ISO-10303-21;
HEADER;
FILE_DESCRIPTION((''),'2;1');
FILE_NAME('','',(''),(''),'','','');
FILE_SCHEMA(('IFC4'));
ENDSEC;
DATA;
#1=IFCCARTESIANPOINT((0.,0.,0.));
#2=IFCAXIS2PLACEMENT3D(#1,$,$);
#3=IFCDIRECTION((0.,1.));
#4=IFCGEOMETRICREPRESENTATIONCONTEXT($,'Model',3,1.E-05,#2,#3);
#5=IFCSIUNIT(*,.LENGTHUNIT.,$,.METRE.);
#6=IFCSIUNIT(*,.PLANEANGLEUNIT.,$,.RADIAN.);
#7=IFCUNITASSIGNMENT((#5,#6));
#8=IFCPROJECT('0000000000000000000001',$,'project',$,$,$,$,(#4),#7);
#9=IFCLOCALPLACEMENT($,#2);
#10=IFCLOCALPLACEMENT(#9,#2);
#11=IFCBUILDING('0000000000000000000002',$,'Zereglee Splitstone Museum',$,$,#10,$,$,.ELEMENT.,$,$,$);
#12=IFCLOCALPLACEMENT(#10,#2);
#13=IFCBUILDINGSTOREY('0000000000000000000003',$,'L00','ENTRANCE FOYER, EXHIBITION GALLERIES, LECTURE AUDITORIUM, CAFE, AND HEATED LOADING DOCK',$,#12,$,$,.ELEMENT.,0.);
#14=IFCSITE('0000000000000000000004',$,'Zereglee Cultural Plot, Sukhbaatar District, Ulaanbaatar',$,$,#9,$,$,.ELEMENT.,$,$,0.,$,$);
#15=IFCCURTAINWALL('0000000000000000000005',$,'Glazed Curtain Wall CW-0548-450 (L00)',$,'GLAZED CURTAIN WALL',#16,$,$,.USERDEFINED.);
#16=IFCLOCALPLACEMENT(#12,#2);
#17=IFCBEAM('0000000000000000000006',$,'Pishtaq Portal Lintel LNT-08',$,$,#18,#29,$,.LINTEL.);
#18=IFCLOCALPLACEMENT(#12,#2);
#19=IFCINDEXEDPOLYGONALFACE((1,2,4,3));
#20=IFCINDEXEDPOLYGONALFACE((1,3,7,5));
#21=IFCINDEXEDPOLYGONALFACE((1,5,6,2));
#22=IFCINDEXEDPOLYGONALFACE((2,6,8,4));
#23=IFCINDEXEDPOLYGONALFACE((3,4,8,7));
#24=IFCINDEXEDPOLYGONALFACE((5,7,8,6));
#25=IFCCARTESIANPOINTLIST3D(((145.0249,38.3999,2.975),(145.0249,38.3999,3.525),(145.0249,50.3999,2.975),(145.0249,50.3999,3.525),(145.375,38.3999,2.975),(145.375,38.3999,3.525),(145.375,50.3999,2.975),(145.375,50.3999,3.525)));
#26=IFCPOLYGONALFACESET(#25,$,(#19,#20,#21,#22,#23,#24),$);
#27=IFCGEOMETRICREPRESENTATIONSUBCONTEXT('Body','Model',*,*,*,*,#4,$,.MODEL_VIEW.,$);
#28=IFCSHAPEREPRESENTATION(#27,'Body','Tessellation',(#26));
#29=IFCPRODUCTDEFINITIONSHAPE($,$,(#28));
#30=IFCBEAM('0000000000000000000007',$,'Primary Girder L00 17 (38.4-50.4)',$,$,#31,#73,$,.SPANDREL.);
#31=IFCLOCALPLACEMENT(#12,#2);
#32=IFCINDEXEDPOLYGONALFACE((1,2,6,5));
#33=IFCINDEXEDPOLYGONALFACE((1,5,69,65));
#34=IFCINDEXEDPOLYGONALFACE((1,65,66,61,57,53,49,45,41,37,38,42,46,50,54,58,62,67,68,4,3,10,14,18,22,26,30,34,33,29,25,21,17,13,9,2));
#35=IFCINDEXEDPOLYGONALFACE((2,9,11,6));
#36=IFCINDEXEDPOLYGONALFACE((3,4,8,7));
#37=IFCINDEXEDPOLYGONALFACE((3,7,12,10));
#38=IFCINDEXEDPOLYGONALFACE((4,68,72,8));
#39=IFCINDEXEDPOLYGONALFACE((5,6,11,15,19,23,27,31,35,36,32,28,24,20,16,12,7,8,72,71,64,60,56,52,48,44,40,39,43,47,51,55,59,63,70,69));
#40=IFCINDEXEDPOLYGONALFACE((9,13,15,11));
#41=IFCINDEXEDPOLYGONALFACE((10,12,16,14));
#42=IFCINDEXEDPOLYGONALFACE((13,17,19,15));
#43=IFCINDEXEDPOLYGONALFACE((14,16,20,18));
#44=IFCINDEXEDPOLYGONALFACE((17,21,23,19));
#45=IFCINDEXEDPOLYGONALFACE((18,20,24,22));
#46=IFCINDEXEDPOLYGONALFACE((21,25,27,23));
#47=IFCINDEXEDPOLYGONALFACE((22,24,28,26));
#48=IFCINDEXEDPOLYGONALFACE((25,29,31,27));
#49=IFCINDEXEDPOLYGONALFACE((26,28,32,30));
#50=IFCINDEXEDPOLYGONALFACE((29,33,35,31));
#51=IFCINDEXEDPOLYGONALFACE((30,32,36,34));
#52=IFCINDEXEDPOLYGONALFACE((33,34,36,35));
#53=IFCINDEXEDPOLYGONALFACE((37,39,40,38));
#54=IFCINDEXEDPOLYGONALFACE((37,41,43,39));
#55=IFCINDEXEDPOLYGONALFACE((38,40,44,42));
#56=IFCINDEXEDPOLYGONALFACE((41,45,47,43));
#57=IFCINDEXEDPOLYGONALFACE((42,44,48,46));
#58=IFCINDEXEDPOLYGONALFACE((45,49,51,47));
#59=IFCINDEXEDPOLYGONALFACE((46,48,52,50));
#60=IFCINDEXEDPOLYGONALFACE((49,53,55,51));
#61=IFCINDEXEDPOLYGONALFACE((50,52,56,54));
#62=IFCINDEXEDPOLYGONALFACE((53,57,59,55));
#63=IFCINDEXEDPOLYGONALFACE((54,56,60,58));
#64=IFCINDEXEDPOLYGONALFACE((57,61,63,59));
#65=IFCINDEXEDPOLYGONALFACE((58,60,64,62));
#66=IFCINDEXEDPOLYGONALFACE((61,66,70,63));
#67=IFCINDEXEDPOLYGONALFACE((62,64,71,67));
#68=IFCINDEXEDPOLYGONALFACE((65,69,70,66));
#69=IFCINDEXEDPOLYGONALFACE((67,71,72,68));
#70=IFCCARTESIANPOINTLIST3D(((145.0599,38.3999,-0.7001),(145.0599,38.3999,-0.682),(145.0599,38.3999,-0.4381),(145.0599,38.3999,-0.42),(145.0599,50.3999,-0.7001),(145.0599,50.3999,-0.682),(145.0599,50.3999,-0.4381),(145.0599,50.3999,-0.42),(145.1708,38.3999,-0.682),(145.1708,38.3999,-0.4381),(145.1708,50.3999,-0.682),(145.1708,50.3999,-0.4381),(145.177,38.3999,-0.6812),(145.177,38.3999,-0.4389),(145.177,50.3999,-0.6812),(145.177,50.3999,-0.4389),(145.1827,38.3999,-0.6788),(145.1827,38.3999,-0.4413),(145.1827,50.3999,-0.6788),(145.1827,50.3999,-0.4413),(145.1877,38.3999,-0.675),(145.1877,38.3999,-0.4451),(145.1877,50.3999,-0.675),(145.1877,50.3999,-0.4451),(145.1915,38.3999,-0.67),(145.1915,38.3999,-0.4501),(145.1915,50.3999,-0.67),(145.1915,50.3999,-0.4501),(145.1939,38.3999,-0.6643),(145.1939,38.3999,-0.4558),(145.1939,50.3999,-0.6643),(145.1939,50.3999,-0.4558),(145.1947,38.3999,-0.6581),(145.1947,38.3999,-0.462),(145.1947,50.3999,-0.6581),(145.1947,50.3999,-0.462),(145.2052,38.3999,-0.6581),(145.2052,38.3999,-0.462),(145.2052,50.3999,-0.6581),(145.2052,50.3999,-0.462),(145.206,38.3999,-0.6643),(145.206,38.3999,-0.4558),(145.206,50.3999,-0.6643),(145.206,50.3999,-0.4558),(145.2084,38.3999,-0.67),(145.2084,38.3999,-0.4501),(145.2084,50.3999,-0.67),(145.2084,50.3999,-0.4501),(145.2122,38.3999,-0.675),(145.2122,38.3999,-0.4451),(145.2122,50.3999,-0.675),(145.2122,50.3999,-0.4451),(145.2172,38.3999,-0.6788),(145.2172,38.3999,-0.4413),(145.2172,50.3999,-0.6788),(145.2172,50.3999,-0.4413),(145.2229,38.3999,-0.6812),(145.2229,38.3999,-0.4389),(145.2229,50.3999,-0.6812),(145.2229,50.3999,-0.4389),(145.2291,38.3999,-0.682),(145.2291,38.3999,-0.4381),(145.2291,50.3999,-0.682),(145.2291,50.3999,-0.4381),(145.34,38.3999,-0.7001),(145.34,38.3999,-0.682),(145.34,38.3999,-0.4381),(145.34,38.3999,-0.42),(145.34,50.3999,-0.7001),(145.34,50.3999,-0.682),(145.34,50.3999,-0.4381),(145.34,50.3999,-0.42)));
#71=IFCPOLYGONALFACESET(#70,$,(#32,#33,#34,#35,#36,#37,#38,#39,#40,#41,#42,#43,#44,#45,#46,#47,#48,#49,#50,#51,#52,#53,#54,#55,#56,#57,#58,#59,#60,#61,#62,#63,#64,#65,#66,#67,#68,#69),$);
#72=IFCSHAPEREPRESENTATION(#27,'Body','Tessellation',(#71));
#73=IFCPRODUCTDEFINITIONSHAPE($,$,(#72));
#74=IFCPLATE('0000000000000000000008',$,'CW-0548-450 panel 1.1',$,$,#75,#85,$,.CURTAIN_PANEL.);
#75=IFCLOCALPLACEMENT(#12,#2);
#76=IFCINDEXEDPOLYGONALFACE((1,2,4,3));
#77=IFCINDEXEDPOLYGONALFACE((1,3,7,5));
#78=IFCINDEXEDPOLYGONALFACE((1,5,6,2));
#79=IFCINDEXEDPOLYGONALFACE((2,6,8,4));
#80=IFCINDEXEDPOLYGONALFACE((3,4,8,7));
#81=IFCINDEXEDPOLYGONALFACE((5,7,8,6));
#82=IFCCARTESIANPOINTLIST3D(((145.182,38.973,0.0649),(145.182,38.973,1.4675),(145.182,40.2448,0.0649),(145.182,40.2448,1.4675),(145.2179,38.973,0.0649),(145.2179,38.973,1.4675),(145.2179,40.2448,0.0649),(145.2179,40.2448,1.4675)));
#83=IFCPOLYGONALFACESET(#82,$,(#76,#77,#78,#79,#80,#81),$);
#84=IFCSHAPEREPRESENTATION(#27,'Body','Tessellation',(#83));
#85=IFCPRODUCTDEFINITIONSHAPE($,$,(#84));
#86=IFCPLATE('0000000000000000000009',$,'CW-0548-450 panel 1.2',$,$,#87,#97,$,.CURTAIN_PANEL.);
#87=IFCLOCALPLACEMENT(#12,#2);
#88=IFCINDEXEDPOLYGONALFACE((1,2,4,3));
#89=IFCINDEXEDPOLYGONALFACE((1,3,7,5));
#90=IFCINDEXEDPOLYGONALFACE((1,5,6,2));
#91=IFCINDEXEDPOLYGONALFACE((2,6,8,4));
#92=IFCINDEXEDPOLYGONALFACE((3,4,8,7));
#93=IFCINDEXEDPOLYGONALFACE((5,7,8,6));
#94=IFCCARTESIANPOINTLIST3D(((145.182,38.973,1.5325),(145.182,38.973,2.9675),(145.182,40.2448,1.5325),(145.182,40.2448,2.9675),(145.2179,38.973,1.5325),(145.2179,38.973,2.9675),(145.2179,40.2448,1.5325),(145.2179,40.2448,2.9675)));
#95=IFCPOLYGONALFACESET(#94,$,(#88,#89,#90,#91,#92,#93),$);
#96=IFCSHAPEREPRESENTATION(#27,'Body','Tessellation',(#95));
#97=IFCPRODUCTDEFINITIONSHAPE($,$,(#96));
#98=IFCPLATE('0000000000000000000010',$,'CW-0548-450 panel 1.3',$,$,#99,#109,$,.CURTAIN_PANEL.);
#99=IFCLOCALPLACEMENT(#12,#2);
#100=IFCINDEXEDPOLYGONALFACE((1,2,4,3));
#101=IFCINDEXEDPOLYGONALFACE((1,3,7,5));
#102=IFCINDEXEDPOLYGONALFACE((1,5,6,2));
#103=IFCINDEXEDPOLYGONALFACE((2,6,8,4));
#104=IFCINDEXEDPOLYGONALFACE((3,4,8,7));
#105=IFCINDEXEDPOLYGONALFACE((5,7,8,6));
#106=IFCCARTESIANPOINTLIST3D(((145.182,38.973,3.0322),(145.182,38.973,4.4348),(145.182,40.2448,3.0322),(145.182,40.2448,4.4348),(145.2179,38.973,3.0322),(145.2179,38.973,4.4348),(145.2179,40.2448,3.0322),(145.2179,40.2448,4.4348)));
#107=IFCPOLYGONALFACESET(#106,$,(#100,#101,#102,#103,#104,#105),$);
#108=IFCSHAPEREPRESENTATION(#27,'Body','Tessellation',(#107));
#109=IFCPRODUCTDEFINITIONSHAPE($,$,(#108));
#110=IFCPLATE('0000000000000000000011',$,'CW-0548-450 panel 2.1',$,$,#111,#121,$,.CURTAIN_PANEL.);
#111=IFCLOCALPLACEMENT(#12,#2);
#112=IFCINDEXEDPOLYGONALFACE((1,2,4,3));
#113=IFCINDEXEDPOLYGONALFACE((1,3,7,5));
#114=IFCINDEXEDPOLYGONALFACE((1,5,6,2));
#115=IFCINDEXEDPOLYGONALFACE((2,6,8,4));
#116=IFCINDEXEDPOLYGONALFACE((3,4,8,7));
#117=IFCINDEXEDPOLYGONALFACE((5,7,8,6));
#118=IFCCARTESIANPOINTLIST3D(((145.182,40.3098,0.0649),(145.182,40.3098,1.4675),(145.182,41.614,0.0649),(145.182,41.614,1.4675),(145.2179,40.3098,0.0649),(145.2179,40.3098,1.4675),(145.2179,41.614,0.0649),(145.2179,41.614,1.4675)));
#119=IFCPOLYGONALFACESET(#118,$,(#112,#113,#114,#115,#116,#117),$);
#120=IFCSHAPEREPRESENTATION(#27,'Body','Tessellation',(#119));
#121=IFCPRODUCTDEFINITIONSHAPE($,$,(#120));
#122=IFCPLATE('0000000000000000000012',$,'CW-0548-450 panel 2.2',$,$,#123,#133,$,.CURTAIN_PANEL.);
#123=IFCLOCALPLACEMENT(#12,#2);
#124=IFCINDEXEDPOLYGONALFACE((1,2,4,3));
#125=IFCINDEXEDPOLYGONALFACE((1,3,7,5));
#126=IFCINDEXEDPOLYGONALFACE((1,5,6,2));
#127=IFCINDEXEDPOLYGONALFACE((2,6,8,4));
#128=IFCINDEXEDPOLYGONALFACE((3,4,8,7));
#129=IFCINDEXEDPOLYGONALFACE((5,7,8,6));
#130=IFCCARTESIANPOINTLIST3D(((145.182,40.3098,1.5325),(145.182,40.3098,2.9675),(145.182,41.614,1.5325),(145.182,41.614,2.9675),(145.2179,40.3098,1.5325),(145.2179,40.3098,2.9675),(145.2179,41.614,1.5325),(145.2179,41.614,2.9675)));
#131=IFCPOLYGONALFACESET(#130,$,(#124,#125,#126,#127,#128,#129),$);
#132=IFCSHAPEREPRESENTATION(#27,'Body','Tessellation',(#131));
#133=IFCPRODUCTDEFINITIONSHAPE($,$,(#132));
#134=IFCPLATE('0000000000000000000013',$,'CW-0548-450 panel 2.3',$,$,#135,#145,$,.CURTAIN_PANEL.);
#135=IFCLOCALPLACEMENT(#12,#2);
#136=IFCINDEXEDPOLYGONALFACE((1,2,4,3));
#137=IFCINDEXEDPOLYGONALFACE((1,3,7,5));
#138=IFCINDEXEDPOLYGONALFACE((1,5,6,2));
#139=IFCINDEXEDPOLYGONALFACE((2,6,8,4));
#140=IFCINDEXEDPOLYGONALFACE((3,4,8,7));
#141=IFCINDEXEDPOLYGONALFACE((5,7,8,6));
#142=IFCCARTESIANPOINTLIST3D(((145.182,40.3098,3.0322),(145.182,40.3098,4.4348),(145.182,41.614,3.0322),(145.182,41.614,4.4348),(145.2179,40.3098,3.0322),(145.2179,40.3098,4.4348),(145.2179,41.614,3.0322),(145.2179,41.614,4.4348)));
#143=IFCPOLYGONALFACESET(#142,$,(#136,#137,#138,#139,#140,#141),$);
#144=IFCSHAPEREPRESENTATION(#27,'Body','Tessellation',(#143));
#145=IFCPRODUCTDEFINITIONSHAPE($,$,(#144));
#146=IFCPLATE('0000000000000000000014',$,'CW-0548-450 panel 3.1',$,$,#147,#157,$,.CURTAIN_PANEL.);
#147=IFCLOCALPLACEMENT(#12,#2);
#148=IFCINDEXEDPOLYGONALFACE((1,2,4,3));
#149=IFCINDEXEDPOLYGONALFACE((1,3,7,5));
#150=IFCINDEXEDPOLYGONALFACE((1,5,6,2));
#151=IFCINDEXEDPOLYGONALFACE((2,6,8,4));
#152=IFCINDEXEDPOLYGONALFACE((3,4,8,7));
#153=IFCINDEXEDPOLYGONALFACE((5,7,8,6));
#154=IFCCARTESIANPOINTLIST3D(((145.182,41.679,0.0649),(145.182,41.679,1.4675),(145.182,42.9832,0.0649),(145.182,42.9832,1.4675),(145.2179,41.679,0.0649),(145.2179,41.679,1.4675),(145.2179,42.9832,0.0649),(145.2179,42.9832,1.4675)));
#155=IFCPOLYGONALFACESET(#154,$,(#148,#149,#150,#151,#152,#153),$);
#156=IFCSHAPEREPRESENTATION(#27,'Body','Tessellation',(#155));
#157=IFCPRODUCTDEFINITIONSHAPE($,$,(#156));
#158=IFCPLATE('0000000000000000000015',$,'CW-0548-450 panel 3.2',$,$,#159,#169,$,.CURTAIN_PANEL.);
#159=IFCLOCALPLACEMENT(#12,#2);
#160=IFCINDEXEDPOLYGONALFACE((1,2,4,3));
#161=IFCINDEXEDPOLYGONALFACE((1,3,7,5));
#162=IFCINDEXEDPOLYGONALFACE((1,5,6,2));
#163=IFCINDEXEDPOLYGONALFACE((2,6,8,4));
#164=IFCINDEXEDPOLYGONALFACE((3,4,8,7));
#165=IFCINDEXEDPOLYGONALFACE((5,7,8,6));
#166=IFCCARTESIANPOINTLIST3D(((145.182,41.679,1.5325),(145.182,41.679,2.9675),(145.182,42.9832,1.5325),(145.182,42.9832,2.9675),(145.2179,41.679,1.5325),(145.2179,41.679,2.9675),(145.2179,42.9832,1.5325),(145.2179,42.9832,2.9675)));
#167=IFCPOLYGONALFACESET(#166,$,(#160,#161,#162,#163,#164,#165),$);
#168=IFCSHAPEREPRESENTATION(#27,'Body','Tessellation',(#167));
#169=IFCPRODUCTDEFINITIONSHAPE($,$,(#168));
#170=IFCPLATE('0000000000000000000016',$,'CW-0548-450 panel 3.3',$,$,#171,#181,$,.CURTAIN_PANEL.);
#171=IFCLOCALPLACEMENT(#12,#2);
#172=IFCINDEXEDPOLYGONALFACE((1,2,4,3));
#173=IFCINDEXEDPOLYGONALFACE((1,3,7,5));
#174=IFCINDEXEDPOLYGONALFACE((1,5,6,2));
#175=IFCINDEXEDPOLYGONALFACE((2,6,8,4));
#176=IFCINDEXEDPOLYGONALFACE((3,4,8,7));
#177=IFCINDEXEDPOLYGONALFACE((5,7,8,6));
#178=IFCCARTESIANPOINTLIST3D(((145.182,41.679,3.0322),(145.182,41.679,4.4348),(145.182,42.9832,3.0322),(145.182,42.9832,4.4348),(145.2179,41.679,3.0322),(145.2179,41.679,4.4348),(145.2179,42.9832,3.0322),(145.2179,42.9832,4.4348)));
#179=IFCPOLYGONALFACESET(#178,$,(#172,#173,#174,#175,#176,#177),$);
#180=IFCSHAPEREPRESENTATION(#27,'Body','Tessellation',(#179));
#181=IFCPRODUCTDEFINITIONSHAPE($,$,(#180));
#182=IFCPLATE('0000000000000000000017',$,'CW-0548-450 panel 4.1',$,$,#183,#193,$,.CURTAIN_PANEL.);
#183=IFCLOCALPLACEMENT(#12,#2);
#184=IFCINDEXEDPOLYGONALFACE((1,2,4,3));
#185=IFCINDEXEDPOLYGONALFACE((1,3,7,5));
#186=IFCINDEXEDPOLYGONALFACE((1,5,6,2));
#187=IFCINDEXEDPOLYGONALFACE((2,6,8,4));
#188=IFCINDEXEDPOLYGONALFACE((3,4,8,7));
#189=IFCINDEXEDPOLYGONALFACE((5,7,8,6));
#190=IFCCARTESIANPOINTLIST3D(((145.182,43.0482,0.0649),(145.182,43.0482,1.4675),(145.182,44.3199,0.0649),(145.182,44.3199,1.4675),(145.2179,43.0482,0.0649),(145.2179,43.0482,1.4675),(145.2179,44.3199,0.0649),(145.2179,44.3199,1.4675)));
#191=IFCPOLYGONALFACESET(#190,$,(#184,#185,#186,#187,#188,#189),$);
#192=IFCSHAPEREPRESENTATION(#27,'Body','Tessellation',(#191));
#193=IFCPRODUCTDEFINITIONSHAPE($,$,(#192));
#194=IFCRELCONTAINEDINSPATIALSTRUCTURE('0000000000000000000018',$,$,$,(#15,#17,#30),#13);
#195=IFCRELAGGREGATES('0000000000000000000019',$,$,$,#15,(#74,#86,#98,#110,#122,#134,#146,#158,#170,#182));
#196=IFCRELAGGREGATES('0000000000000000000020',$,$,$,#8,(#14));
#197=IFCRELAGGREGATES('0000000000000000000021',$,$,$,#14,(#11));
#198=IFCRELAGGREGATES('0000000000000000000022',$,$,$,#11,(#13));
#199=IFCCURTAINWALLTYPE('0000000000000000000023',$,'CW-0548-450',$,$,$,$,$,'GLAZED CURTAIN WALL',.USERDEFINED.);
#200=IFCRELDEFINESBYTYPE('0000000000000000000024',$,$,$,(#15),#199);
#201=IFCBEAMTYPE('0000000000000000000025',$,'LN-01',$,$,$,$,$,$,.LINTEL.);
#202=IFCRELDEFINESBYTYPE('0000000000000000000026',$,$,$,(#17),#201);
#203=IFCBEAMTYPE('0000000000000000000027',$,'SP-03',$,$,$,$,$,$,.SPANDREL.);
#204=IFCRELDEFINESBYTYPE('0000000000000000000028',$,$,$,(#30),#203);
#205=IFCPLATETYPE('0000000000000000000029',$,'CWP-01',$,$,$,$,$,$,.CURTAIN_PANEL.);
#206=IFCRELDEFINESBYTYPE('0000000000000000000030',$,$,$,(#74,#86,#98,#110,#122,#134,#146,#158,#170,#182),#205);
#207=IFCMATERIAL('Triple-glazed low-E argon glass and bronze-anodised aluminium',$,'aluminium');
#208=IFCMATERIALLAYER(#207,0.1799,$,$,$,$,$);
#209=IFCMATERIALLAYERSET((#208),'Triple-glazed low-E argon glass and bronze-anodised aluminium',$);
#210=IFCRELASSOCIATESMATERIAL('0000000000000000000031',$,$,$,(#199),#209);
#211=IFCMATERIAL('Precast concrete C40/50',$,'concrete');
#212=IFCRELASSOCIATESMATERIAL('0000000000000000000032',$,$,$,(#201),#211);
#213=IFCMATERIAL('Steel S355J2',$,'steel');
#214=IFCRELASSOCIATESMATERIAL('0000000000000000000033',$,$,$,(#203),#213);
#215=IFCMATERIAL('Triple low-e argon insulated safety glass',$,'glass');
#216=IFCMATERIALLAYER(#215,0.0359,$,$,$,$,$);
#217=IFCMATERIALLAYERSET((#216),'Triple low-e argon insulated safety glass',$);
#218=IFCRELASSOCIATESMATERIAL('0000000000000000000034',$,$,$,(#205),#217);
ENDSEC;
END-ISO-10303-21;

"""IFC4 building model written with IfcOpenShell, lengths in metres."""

from ifc_helpers import new_model, si_unit, direction, frame, origin, origin_2d, place, context, subcontext, project, spatial, rectangle, i_section, extrude, material, layer, layer_set, material_profile, profile_set, type_object, element, aggregate, save


model = new_model("IFC4")

# Units and contexts
model_context = context("Model", 3, precision=1e-05, world=origin(), true_north=direction((0.0, 1.0)))
body_context = subcontext(model_context, "Body", "Model", "MODEL_VIEW")
ifc_project = project(units=[si_unit("LENGTHUNIT", "METRE"), si_unit("PLANEANGLEUNIT", "RADIAN")], contexts=[model_context])

# Site, building, storey
site_placement = place(None, origin())
site = spatial("IfcSite", under=ifc_project, at=site_placement, Name="Zereglee Cultural Plot, Sukhbaatar District, Ulaanbaatar", CompositionType="ELEMENT", RefElevation=0.0)
building_placement = place(site_placement, origin())
building = spatial("IfcBuilding", under=site, at=building_placement, Name="Zereglee Splitstone Museum", CompositionType="ELEMENT")
storey_placement = place(building_placement, origin())
storey = spatial("IfcBuildingStorey", under=building, at=storey_placement, Name="L00", Description="ENTRANCE FOYER, EXHIBITION GALLERIES, LECTURE AUDITORIUM, CAFE, AND HEATED LOADING DOCK", CompositionType="ELEMENT", Elevation=0.0)

# Curtain wall
ifc_material_1 = material(Name="Triple-glazed low-E argon glass and bronze-anodised aluminium", Category="aluminium")
ifc_layer_1 = layer(ifc_material_1, 0.1799)
ifc_layer_set_1 = layer_set([ifc_layer_1], Name="Triple-glazed low-E argon glass and bronze-anodised aluminium")
curtain_wall_type_1 = type_object("IfcCurtainWallType", Name="CW-0548-450", ElementType="GLAZED CURTAIN WALL", PredefinedType="USERDEFINED", material=ifc_layer_set_1)
curtain_wall_1_placement = place(storey_placement, origin())
curtain_wall_1 = element("IfcCurtainWall", 1, at=curtain_wall_1_placement, inside=storey, type_object=curtain_wall_type_1, Name="Glazed Curtain Wall CW-0548-450 (L00)", ObjectType="GLAZED CURTAIN WALL", PredefinedType="USERDEFINED")

# Beams
ifc_material_2 = material(Name="Steel S355J2", Category="steel")
ifc_material_3 = material(Name="Precast concrete C40/50", Category="concrete")
ifc_material_profile_1 = material_profile(ifc_material_3, rectangle(XDim=0.3501, YDim=0.55, at=origin_2d()), Name="RC 350x550")
ifc_profile_set_1 = profile_set([ifc_material_profile_1], Name="Precast concrete C40/50")
beam_type_1 = type_object("IfcBeamType", Name="LN-01", PredefinedType="LINTEL", material=ifc_profile_set_1)
beam_1_placement = place(storey_placement, frame((145.2, 38.3999, 3.25), z_axis=(0.0, 1.0, 0.0), x_axis=(-1.0, 0.0, 0.0)))
element("IfcBeam", 2, at=beam_1_placement, inside=storey, type_object=beam_type_1, Name="Pishtaq Portal Lintel LNT-08", PredefinedType="LINTEL", context=body_context, shape_type="SweptSolid", body=[
    extrude(rectangle(XDim=0.3501, YDim=0.55, at=origin_2d()), origin(), (0.0, 0.0, 1.0), 12.0),
])
ifc_material_profile_2 = material_profile(ifc_material_2, i_section(OverallWidth=0.28, OverallDepth=0.28, WebThickness=0.0105, FlangeThickness=0.0181, FilletRadius=0.0239, at=origin_2d()), Name="HE 280 B")
ifc_profile_set_2 = profile_set([ifc_material_profile_2], Name="Steel S355J2")
beam_type_2 = type_object("IfcBeamType", Name="SP-03", PredefinedType="SPANDREL", material=ifc_profile_set_2)
beam_2_placement = place(storey_placement, frame((145.2, 38.3999, -0.5601), z_axis=(0.0, 1.0, 0.0), x_axis=(-1.0, 0.0, 0.0)))
element("IfcBeam", 3, at=beam_2_placement, inside=storey, type_object=beam_type_2, Name="Primary Girder L00 17 (38.4-50.4)", PredefinedType="SPANDREL", context=body_context, shape_type="SweptSolid", body=[
    extrude(i_section(OverallWidth=0.28, OverallDepth=0.28, WebThickness=0.0105, FlangeThickness=0.0181, FilletRadius=0.0239, at=origin_2d()), origin(), (0.0, 0.0, 1.0), 12.0),
])

# Plates
ifc_material_4 = material(Name="Triple low-e argon insulated safety glass", Category="glass")
ifc_layer_2 = layer(ifc_material_4, 0.0359)
ifc_layer_set_2 = layer_set([ifc_layer_2], Name="Triple low-e argon insulated safety glass")
plate_type = type_object("IfcPlateType", Name="CWP-01", PredefinedType="CURTAIN_PANEL", material=ifc_layer_set_2)
plate_1_placement = place(storey_placement, frame((145.2, 39.6089, 0.0649), z_axis=(0.0, 0.0, 1.0), x_axis=(0.0, 1.0, 0.0)))
plate_1 = element("IfcPlate", 4, at=plate_1_placement, type_object=plate_type, Name="CW-0548-450 panel 1.1", PredefinedType="CURTAIN_PANEL", context=body_context, shape_type="SweptSolid", body=[
    extrude(rectangle(XDim=1.2717, YDim=0.0359, at=origin_2d()), origin(), (0.0, 0.0, 1.0), 1.4026),
])
plate_2_placement = place(storey_placement, frame((145.2, 39.6089, 1.5325), z_axis=(0.0, 0.0, 1.0), x_axis=(0.0, 1.0, 0.0)))
plate_2 = element("IfcPlate", 5, at=plate_2_placement, type_object=plate_type, Name="CW-0548-450 panel 1.2", PredefinedType="CURTAIN_PANEL", context=body_context, shape_type="SweptSolid", body=[
    extrude(rectangle(XDim=1.2717, YDim=0.0359, at=origin_2d()), origin(), (0.0, 0.0, 1.0), 1.4351),
])
plate_3_placement = place(storey_placement, frame((145.2, 39.6089, 3.0322), z_axis=(0.0, 0.0, 1.0), x_axis=(0.0, 1.0, 0.0)))
plate_3 = element("IfcPlate", 6, at=plate_3_placement, type_object=plate_type, Name="CW-0548-450 panel 1.3", PredefinedType="CURTAIN_PANEL", context=body_context, shape_type="SweptSolid", body=[
    extrude(rectangle(XDim=1.2717, YDim=0.0359, at=origin_2d()), origin(), (0.0, 0.0, 1.0), 1.4026),
])
plate_4_placement = place(storey_placement, frame((145.2, 40.9619, 0.0649), z_axis=(0.0, 0.0, 1.0), x_axis=(0.0, 1.0, 0.0)))
plate_4 = element("IfcPlate", 7, at=plate_4_placement, type_object=plate_type, Name="CW-0548-450 panel 2.1", PredefinedType="CURTAIN_PANEL", context=body_context, shape_type="SweptSolid", body=[
    extrude(rectangle(XDim=1.3042, YDim=0.0359, at=origin_2d()), origin(), (0.0, 0.0, 1.0), 1.4026),
])
plate_5_placement = place(storey_placement, frame((145.2, 40.9619, 1.5325), z_axis=(0.0, 0.0, 1.0), x_axis=(0.0, 1.0, 0.0)))
plate_5 = element("IfcPlate", 8, at=plate_5_placement, type_object=plate_type, Name="CW-0548-450 panel 2.2", PredefinedType="CURTAIN_PANEL", context=body_context, shape_type="SweptSolid", body=[
    extrude(rectangle(XDim=1.3042, YDim=0.0359, at=origin_2d()), origin(), (0.0, 0.0, 1.0), 1.4351),
])
plate_6_placement = place(storey_placement, frame((145.2, 40.9619, 3.0322), z_axis=(0.0, 0.0, 1.0), x_axis=(0.0, 1.0, 0.0)))
plate_6 = element("IfcPlate", 9, at=plate_6_placement, type_object=plate_type, Name="CW-0548-450 panel 2.3", PredefinedType="CURTAIN_PANEL", context=body_context, shape_type="SweptSolid", body=[
    extrude(rectangle(XDim=1.3042, YDim=0.0359, at=origin_2d()), origin(), (0.0, 0.0, 1.0), 1.4026),
])
plate_7_placement = place(storey_placement, frame((145.2, 42.3311, 0.0649), z_axis=(0.0, 0.0, 1.0), x_axis=(0.0, 1.0, 0.0)))
plate_7 = element("IfcPlate", 10, at=plate_7_placement, type_object=plate_type, Name="CW-0548-450 panel 3.1", PredefinedType="CURTAIN_PANEL", context=body_context, shape_type="SweptSolid", body=[
    extrude(rectangle(XDim=1.3042, YDim=0.0359, at=origin_2d()), origin(), (0.0, 0.0, 1.0), 1.4026),
])
plate_8_placement = place(storey_placement, frame((145.2, 42.3311, 1.5325), z_axis=(0.0, 0.0, 1.0), x_axis=(0.0, 1.0, 0.0)))
plate_8 = element("IfcPlate", 11, at=plate_8_placement, type_object=plate_type, Name="CW-0548-450 panel 3.2", PredefinedType="CURTAIN_PANEL", context=body_context, shape_type="SweptSolid", body=[
    extrude(rectangle(XDim=1.3042, YDim=0.0359, at=origin_2d()), origin(), (0.0, 0.0, 1.0), 1.4351),
])
plate_9_placement = place(storey_placement, frame((145.2, 42.3311, 3.0322), z_axis=(0.0, 0.0, 1.0), x_axis=(0.0, 1.0, 0.0)))
plate_9 = element("IfcPlate", 12, at=plate_9_placement, type_object=plate_type, Name="CW-0548-450 panel 3.3", PredefinedType="CURTAIN_PANEL", context=body_context, shape_type="SweptSolid", body=[
    extrude(rectangle(XDim=1.3042, YDim=0.0359, at=origin_2d()), origin(), (0.0, 0.0, 1.0), 1.4026),
])
plate_10_placement = place(storey_placement, frame((145.2, 43.6841, 0.0649), z_axis=(0.0, 0.0, 1.0), x_axis=(0.0, 1.0, 0.0)))
plate_10 = element("IfcPlate", 13, at=plate_10_placement, type_object=plate_type, Name="CW-0548-450 panel 4.1", PredefinedType="CURTAIN_PANEL", context=body_context, shape_type="SweptSolid", body=[
    extrude(rectangle(XDim=1.2717, YDim=0.0359, at=origin_2d()), origin(), (0.0, 0.0, 1.0), 1.4026),
])
aggregate(curtain_wall_1, [plate_1, plate_2, plate_3, plate_4, plate_5, plate_6, plate_7, plate_8, plate_9, plate_10])

save(model, "model.ifc")
